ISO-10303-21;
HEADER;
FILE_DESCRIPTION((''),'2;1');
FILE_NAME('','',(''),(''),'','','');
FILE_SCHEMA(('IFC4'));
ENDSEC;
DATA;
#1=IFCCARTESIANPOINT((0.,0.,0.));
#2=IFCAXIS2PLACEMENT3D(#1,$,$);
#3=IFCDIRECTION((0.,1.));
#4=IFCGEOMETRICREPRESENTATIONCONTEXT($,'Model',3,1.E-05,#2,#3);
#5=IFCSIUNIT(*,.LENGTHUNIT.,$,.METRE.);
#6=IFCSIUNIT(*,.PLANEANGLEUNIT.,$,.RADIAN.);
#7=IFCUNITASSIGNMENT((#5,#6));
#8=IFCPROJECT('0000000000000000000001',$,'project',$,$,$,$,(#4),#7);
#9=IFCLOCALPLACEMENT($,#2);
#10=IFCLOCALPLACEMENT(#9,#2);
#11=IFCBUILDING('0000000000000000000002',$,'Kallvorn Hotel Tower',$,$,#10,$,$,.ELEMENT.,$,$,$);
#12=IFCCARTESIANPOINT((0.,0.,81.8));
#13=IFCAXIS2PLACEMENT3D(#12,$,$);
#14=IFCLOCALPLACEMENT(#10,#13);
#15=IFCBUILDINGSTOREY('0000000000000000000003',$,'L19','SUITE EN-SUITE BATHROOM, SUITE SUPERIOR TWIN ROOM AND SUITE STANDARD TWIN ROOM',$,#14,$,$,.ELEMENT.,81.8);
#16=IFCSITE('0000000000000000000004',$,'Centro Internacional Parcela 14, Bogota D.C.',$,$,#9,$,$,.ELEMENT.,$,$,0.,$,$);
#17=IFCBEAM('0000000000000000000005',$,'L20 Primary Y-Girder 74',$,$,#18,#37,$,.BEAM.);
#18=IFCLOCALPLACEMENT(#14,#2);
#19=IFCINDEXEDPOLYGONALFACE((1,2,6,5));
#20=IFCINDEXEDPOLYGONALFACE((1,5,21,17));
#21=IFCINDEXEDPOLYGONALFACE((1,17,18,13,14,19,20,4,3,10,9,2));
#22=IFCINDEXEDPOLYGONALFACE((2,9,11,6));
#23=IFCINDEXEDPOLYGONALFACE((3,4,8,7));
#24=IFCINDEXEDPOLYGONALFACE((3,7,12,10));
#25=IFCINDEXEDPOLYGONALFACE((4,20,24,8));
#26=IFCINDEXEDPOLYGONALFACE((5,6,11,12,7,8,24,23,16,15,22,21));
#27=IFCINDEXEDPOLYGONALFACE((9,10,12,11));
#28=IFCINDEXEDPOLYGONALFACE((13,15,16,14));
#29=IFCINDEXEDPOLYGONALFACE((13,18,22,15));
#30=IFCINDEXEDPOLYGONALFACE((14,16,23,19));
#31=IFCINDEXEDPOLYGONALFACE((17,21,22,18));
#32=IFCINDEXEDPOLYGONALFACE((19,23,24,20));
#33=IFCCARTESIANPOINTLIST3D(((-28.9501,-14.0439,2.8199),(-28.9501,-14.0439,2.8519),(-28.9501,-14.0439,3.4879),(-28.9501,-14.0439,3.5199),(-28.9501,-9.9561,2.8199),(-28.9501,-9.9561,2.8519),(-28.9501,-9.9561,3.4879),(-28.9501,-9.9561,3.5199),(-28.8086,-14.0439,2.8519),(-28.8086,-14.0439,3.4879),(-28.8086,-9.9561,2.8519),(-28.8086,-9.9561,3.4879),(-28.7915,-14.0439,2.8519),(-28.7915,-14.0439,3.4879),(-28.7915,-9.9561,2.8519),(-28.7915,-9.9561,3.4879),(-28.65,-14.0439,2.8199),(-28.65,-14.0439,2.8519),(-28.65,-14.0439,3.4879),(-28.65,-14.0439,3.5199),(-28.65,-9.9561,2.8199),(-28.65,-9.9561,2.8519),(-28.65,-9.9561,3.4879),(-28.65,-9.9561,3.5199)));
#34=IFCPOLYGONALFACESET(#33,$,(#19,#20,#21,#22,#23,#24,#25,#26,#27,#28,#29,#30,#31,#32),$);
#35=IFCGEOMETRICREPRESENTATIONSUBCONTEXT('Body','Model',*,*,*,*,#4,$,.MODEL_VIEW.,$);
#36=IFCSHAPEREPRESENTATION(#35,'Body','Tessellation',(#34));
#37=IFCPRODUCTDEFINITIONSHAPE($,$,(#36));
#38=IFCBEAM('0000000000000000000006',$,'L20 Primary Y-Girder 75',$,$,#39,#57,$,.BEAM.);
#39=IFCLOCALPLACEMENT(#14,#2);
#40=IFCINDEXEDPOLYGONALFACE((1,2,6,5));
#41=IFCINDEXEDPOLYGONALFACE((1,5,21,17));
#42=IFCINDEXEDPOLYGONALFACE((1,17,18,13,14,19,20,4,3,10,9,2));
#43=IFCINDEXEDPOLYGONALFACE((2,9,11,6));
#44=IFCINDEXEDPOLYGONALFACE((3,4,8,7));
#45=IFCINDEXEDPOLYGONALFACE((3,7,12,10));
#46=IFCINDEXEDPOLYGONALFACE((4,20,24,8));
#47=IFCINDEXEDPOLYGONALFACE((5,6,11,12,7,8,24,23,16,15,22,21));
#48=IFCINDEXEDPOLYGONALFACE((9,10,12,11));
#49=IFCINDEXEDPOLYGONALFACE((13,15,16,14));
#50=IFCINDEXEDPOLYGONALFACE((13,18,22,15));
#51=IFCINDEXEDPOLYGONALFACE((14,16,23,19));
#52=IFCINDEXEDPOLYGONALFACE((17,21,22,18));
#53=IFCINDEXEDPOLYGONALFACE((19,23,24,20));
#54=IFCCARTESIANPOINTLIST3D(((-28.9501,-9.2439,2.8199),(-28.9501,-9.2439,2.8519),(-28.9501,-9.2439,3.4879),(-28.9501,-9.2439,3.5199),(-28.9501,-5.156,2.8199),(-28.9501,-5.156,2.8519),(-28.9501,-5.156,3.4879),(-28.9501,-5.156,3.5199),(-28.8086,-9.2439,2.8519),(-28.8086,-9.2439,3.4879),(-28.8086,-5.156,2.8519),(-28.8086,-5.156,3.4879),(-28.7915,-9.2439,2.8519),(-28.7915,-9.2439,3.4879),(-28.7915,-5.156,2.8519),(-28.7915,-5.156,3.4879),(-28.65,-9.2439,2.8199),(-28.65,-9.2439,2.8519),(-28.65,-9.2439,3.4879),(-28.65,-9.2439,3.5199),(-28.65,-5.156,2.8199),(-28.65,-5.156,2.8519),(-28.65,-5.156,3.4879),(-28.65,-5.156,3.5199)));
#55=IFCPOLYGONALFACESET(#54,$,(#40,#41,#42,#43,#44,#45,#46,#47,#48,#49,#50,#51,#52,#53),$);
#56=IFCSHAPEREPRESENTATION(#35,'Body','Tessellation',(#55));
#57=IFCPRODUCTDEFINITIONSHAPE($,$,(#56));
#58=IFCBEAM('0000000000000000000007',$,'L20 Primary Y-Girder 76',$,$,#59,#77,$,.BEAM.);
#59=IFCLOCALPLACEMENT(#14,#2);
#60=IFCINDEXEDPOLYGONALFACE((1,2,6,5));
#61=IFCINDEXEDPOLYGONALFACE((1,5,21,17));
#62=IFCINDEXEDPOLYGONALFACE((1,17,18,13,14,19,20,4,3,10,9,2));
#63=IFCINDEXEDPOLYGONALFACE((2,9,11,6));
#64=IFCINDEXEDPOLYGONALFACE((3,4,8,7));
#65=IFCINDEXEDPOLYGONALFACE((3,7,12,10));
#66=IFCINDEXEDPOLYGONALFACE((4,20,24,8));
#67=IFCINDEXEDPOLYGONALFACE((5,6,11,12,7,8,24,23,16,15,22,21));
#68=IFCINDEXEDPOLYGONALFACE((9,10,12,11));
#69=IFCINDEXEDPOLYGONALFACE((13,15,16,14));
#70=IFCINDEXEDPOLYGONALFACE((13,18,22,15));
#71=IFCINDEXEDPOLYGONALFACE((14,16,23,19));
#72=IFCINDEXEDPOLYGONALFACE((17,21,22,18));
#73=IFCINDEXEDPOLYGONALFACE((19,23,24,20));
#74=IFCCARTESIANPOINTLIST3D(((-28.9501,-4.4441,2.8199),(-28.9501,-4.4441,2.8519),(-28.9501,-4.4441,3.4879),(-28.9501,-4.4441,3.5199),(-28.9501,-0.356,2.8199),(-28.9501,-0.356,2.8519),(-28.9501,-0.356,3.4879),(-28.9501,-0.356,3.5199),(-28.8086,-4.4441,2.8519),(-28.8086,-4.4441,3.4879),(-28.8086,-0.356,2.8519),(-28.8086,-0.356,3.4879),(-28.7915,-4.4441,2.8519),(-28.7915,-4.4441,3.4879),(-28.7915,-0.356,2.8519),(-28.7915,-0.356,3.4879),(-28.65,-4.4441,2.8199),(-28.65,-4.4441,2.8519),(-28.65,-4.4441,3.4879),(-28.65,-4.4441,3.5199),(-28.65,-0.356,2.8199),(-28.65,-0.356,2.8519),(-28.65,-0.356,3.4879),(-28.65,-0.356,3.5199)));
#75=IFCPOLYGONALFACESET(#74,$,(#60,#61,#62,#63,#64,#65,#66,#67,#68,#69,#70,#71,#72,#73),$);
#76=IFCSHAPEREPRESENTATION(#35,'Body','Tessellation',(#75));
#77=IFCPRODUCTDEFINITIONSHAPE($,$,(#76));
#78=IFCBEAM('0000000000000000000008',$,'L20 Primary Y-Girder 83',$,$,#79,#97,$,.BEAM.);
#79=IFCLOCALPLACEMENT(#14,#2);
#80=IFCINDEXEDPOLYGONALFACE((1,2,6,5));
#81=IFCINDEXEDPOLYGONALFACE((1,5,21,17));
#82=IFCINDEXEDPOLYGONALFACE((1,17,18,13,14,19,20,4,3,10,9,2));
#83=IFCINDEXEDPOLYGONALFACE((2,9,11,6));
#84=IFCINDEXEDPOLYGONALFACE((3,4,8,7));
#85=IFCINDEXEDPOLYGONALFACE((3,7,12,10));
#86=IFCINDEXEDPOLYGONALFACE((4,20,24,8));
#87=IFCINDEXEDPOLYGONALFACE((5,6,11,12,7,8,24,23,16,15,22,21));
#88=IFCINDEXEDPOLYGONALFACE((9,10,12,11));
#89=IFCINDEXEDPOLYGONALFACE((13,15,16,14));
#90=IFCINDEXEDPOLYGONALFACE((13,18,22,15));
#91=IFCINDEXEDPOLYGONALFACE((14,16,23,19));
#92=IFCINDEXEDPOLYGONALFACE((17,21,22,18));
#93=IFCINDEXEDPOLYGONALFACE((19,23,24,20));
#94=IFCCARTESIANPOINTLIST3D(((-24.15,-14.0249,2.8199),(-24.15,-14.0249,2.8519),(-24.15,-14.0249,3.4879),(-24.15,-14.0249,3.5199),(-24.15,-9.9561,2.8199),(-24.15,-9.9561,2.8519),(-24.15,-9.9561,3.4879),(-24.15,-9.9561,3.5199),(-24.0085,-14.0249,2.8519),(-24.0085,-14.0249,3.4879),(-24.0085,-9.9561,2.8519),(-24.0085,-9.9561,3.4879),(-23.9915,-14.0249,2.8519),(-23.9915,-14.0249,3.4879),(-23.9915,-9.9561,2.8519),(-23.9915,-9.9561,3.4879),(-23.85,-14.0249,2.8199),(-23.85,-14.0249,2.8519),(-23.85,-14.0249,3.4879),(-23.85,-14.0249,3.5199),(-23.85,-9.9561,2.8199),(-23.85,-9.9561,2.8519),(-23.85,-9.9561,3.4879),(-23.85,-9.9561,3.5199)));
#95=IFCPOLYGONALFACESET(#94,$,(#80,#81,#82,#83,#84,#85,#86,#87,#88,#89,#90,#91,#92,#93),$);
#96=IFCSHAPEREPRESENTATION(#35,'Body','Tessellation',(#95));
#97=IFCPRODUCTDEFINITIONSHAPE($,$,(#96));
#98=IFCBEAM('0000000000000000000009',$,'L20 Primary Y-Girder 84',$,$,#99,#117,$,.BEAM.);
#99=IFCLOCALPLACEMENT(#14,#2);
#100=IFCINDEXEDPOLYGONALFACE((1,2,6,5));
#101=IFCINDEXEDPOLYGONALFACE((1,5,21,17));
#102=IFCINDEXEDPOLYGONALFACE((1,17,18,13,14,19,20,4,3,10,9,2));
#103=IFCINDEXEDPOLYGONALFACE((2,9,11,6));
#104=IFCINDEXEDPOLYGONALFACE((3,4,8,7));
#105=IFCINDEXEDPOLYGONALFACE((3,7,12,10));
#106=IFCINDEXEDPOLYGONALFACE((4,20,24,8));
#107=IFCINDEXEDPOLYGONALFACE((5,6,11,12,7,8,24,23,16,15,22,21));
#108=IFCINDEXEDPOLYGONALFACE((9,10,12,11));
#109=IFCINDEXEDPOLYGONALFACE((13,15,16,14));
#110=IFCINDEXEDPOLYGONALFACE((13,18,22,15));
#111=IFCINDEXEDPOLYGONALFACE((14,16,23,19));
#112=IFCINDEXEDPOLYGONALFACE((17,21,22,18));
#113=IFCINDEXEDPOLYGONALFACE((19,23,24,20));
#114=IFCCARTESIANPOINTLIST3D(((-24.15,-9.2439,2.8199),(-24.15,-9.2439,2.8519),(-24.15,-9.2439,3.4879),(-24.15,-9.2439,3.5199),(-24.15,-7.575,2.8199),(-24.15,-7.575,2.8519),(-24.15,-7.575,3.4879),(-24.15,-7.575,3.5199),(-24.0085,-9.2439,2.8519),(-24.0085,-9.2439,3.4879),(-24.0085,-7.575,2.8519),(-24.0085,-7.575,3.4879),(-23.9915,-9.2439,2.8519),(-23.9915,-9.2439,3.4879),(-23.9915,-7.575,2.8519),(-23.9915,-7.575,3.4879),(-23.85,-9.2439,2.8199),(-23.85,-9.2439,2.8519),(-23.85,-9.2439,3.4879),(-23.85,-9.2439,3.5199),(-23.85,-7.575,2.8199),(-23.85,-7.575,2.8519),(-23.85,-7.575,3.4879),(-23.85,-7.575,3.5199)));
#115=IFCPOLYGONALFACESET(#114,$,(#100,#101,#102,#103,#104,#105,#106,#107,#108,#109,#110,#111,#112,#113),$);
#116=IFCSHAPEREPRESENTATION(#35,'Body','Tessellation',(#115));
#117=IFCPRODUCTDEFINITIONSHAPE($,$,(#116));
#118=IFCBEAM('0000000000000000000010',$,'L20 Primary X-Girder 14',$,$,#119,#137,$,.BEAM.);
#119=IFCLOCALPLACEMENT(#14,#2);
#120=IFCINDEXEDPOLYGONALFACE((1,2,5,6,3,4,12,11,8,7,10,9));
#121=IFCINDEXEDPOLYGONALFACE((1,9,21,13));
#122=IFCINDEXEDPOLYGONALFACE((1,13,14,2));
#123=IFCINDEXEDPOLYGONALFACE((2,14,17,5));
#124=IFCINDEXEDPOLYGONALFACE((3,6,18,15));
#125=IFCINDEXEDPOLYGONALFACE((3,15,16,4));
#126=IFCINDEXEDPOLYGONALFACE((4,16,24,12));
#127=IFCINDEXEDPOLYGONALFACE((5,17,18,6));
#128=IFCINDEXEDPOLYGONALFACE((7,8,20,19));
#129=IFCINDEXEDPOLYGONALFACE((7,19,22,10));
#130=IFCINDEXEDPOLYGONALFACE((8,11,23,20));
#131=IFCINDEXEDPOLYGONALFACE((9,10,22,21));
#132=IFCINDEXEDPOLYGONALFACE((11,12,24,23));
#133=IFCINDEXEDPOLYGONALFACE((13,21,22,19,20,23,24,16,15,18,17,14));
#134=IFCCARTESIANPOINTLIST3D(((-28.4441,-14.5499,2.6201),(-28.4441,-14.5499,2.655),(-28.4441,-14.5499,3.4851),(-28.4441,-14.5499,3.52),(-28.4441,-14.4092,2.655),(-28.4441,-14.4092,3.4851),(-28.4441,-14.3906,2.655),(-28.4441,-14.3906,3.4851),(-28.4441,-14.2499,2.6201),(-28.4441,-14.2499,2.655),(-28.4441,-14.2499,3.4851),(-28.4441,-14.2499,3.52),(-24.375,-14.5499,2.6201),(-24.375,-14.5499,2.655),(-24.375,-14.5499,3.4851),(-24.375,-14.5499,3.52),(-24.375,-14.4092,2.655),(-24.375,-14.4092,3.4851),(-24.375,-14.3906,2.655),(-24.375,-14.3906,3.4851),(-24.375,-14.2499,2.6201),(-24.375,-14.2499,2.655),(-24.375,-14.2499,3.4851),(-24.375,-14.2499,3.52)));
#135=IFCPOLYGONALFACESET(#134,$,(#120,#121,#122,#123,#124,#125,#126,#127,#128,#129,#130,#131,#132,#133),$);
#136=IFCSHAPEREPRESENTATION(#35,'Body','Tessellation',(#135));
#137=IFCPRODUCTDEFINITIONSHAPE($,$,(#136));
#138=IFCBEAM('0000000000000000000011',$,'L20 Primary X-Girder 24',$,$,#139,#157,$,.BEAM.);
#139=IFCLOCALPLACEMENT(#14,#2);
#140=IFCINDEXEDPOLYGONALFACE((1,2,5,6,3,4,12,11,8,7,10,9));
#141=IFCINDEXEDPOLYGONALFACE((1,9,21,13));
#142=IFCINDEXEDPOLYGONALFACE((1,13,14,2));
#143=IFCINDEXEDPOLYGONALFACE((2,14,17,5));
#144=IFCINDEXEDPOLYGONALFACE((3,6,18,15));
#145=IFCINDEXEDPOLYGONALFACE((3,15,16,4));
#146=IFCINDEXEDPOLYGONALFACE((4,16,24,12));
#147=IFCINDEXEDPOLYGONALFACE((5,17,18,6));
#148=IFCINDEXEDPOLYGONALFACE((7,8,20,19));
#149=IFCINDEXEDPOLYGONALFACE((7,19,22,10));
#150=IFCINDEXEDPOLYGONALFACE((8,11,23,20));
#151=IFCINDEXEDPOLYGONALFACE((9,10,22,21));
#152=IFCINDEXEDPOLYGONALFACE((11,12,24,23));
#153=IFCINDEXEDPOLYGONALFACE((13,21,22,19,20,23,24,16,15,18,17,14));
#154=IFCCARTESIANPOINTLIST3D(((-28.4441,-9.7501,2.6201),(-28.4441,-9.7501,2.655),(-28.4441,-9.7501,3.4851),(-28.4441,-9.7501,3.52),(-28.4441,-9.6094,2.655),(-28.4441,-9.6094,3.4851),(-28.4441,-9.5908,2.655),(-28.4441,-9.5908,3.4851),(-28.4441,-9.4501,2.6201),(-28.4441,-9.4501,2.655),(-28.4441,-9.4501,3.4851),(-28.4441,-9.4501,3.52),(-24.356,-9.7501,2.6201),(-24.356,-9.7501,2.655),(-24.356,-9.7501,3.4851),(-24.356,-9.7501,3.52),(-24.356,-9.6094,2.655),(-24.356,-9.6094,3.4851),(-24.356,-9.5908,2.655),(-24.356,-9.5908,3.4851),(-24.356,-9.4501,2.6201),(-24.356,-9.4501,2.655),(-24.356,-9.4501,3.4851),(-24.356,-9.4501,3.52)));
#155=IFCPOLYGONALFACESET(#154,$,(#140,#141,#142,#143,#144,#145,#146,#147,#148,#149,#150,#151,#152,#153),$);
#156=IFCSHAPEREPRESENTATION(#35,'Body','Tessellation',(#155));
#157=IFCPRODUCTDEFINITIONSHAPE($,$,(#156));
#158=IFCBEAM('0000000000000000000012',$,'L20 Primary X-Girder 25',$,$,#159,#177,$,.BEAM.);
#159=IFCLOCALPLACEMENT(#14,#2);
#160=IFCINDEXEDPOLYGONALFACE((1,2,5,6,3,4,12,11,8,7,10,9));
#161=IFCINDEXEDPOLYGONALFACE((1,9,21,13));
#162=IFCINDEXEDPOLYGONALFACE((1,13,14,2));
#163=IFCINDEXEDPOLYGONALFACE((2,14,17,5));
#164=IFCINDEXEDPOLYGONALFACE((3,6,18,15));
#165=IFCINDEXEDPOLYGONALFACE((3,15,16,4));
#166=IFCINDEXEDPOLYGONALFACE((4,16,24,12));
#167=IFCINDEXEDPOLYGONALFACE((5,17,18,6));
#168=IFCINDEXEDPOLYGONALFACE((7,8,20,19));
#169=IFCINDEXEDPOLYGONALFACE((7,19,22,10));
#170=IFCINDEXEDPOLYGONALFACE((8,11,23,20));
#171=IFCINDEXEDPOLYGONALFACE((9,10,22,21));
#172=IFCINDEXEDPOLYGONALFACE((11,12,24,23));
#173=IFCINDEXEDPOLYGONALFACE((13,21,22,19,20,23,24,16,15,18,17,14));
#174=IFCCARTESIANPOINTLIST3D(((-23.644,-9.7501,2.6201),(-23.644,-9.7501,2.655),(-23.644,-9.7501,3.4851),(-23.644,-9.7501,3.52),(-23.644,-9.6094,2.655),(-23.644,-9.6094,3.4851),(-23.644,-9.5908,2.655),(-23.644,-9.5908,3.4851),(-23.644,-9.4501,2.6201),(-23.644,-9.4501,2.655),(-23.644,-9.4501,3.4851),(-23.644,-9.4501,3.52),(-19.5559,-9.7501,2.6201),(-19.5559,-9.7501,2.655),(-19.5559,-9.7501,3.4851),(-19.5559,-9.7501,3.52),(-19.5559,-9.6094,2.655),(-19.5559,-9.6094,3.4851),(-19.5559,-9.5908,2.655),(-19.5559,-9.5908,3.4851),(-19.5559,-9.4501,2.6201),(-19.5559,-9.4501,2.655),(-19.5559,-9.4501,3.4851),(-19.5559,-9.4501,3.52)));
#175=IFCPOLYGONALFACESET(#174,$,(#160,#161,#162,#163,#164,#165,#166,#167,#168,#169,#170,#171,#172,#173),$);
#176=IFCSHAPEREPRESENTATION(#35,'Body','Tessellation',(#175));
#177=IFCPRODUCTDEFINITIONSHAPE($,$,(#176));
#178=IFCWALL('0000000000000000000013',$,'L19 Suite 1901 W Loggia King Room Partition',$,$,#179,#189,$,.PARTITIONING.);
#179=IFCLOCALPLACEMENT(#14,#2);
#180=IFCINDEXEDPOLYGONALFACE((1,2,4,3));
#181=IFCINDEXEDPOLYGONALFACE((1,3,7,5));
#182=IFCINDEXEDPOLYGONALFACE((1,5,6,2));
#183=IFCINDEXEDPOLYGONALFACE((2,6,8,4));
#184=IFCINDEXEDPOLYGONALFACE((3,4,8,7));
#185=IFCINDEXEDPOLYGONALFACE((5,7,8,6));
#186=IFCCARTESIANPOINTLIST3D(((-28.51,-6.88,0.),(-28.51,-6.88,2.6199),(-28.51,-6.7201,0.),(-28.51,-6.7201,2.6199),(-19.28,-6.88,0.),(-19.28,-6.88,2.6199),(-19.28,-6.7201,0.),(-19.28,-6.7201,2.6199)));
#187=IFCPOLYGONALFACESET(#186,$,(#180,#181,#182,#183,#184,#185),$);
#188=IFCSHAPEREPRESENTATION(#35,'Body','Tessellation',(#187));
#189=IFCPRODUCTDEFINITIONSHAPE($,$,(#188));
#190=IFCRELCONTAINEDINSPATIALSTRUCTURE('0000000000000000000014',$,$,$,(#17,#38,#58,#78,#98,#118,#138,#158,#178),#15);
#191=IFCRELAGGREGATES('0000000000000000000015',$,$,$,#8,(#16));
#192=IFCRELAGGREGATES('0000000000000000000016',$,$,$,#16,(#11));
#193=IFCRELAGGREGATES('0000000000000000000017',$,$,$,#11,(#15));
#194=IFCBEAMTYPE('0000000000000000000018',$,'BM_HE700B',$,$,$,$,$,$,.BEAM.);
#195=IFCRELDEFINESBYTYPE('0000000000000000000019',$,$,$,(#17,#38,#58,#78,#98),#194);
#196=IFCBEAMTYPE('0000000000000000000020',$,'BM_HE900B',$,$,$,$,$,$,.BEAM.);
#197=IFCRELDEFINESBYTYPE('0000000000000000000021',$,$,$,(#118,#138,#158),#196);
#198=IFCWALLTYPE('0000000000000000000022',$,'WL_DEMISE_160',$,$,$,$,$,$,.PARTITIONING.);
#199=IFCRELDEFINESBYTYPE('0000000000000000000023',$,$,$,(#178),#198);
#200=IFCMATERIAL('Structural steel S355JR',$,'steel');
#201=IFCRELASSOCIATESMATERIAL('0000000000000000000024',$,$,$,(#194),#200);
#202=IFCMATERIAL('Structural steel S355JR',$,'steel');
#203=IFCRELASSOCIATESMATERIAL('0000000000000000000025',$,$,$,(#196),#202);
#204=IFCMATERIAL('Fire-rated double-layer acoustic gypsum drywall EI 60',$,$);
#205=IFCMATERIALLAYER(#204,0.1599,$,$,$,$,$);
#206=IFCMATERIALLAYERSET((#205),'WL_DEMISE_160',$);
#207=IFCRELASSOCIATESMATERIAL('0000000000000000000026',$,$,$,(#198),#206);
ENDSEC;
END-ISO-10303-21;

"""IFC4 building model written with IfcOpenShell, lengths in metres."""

from ifc_helpers import new_model, si_unit, direction, frame, frame_2d, origin, origin_2d, place, context, subcontext, project, spatial, rectangle, i_section, extrude, material, layer, layer_set, material_profile, profile_set, type_object, element, save


model = new_model("IFC4")

# Units and contexts
model_context = context("Model", 3, precision=1e-05, world=origin(), true_north=direction((0.0, 1.0)))
body_context = subcontext(model_context, "Body", "Model", "MODEL_VIEW")
ifc_project = project(units=[si_unit("LENGTHUNIT", "METRE"), si_unit("PLANEANGLEUNIT", "RADIAN")], contexts=[model_context])

# Site, building, storey
site_placement = place(None, origin())
site = spatial("IfcSite", under=ifc_project, at=site_placement, Name="Centro Internacional Parcela 14, Bogota D.C.", CompositionType="ELEMENT", RefElevation=0.0)
building_placement = place(site_placement, origin())
building = spatial("IfcBuilding", under=site, at=building_placement, Name="Kallvorn Hotel Tower", CompositionType="ELEMENT")
storey_placement = place(building_placement, frame((0.0, 0.0, 81.8)))
storey = spatial("IfcBuildingStorey", under=building, at=storey_placement, Name="L19", Description="SUITE EN-SUITE BATHROOM, SUITE SUPERIOR TWIN ROOM AND SUITE STANDARD TWIN ROOM", CompositionType="ELEMENT", Elevation=81.8)

# Beams
ifc_material_1 = material(Name="Structural steel S355JR", Category="steel")
ifc_material_profile_1 = material_profile(ifc_material_1, i_section(OverallWidth=0.3, OverallDepth=0.7, WebThickness=0.0171, FlangeThickness=0.032, at=origin_2d()), Name="HE 700 B")
ifc_profile_set_1 = profile_set([ifc_material_profile_1], Name="Structural steel S355JR")
beam_type_1 = type_object("IfcBeamType", Name="BM_HE700B", PredefinedType="BEAM", material=ifc_profile_set_1)
for number, where, z_axis, x_axis, name in (
    (1, (-28.8, -14.0439, 3.1699), (0.0, 1.0, 0.0), (-1.0, 0.0, 0.0), "L20 Primary Y-Girder 74"),
    (2, (-28.8, -9.2439, 3.1699), (0.0, 1.0, 0.0), (-1.0, 0.0, 0.0), "L20 Primary Y-Girder 75"),
):
    element("IfcBeam", number, at=place(storey_placement, frame(where, z_axis=z_axis, x_axis=x_axis)), inside=storey, type_object=beam_type_1, Name=name, PredefinedType="BEAM", context=body_context, shape_type="SweptSolid", body=[
        extrude(i_section(OverallWidth=0.3, OverallDepth=0.7, WebThickness=0.0171, FlangeThickness=0.032, at=origin_2d()), origin(), (0.0, 0.0, 1.0), 4.0879),
    ])
beam_1_placement = place(storey_placement, frame((-28.8, -4.4441, 3.1699), z_axis=(0.0, 1.0, 0.0), x_axis=(-1.0, 0.0, 0.0)))
element("IfcBeam", 3, at=beam_1_placement, inside=storey, type_object=beam_type_1, Name="L20 Primary Y-Girder 76", PredefinedType="BEAM", context=body_context, shape_type="SweptSolid", body=[
    extrude(i_section(OverallWidth=0.3, OverallDepth=0.7, WebThickness=0.0171, FlangeThickness=0.032, at=origin_2d()), origin(), (0.0, 0.0, 1.0), 4.0881),
])
beam_2_placement = place(storey_placement, frame((-24.0, -14.0249, 3.1699), z_axis=(0.0, 1.0, 0.0), x_axis=(-1.0, 0.0, 0.0)))
element("IfcBeam", 4, at=beam_2_placement, inside=storey, type_object=beam_type_1, Name="L20 Primary Y-Girder 83", PredefinedType="BEAM", context=body_context, shape_type="SweptSolid", body=[
    extrude(i_section(OverallWidth=0.3, OverallDepth=0.7, WebThickness=0.0171, FlangeThickness=0.032, at=origin_2d()), origin(), (0.0, 0.0, 1.0), 4.0688),
])
beam_3_placement = place(storey_placement, frame((-24.0, -9.2439, 3.1699), z_axis=(0.0, 1.0, 0.0), x_axis=(-1.0, 0.0, 0.0)))
element("IfcBeam", 5, at=beam_3_placement, inside=storey, type_object=beam_type_1, Name="L20 Primary Y-Girder 84", PredefinedType="BEAM", context=body_context, shape_type="SweptSolid", body=[
    extrude(i_section(OverallWidth=0.3, OverallDepth=0.7, WebThickness=0.0171, FlangeThickness=0.032, at=origin_2d()), origin(), (0.0, 0.0, 1.0), 1.6689),
])
ifc_material_2 = material(Name="Structural steel S355JR", Category="steel")
ifc_material_profile_2 = material_profile(ifc_material_2, i_section(OverallWidth=0.3, OverallDepth=0.8999, WebThickness=0.0186, FlangeThickness=0.0349, at=origin_2d()), Name="HE 900 B")
ifc_profile_set_2 = profile_set([ifc_material_profile_2], Name="Structural steel S355JR")
beam_type_2 = type_object("IfcBeamType", Name="BM_HE900B", PredefinedType="BEAM", material=ifc_profile_set_2)
beam_4_placement = place(storey_placement, frame((-28.4441, -14.3999, 3.0701), z_axis=(1.0, 0.0, 0.0), x_axis=(0.0, 1.0, 0.0)))
element("IfcBeam", 6, at=beam_4_placement, inside=storey, type_object=beam_type_2, Name="L20 Primary X-Girder 14", PredefinedType="BEAM", context=body_context, shape_type="SweptSolid", body=[
    extrude(i_section(OverallWidth=0.3, OverallDepth=0.8999, WebThickness=0.0186, FlangeThickness=0.0349, at=origin_2d()), origin(), (0.0, 0.0, 1.0), 4.0691),
])
for number, where, z_axis, x_axis, name in (
    (7, (-28.4441, -9.6001, 3.0701), (1.0, 0.0, 0.0), (0.0, 1.0, 0.0), "L20 Primary X-Girder 24"),
    (8, (-23.644, -9.6001, 3.0701), (1.0, 0.0, 0.0), (0.0, 1.0, 0.0), "L20 Primary X-Girder 25"),
):
    element("IfcBeam", number, at=place(storey_placement, frame(where, z_axis=z_axis, x_axis=x_axis)), inside=storey, type_object=beam_type_2, Name=name, PredefinedType="BEAM", context=body_context, shape_type="SweptSolid", body=[
        extrude(i_section(OverallWidth=0.3, OverallDepth=0.8999, WebThickness=0.0186, FlangeThickness=0.0349, at=origin_2d()), origin(), (0.0, 0.0, 1.0), 4.0881),
    ])

# Shared definitions
ifc_material_3 = material(Name="Fire-rated double-layer acoustic gypsum drywall EI 60")
ifc_layer = layer(ifc_material_3, 0.1599)
ifc_layer_set = layer_set([ifc_layer], Name="WL_DEMISE_160")
wall_type = type_object("IfcWallType", Name="WL_DEMISE_160", PredefinedType="PARTITIONING", material=ifc_layer_set)

# Wall
wall_1_placement = place(storey_placement, frame((-28.51, -6.8, 0.0), z_axis=(0.0, 0.0, 1.0), x_axis=(1.0, 0.0, 0.0)))
element("IfcWall", 9, at=wall_1_placement, inside=storey, type_object=wall_type, Name="L19 Suite 1901 W Loggia King Room Partition", PredefinedType="PARTITIONING", context=body_context, shape_type="SweptSolid", body=[
    extrude(rectangle(XDim=9.23, YDim=0.1599, at=frame_2d((4.615, 0.0))), origin(), (0.0, 0.0, 1.0), 2.6199),
])

save(model, "model.ifc")
